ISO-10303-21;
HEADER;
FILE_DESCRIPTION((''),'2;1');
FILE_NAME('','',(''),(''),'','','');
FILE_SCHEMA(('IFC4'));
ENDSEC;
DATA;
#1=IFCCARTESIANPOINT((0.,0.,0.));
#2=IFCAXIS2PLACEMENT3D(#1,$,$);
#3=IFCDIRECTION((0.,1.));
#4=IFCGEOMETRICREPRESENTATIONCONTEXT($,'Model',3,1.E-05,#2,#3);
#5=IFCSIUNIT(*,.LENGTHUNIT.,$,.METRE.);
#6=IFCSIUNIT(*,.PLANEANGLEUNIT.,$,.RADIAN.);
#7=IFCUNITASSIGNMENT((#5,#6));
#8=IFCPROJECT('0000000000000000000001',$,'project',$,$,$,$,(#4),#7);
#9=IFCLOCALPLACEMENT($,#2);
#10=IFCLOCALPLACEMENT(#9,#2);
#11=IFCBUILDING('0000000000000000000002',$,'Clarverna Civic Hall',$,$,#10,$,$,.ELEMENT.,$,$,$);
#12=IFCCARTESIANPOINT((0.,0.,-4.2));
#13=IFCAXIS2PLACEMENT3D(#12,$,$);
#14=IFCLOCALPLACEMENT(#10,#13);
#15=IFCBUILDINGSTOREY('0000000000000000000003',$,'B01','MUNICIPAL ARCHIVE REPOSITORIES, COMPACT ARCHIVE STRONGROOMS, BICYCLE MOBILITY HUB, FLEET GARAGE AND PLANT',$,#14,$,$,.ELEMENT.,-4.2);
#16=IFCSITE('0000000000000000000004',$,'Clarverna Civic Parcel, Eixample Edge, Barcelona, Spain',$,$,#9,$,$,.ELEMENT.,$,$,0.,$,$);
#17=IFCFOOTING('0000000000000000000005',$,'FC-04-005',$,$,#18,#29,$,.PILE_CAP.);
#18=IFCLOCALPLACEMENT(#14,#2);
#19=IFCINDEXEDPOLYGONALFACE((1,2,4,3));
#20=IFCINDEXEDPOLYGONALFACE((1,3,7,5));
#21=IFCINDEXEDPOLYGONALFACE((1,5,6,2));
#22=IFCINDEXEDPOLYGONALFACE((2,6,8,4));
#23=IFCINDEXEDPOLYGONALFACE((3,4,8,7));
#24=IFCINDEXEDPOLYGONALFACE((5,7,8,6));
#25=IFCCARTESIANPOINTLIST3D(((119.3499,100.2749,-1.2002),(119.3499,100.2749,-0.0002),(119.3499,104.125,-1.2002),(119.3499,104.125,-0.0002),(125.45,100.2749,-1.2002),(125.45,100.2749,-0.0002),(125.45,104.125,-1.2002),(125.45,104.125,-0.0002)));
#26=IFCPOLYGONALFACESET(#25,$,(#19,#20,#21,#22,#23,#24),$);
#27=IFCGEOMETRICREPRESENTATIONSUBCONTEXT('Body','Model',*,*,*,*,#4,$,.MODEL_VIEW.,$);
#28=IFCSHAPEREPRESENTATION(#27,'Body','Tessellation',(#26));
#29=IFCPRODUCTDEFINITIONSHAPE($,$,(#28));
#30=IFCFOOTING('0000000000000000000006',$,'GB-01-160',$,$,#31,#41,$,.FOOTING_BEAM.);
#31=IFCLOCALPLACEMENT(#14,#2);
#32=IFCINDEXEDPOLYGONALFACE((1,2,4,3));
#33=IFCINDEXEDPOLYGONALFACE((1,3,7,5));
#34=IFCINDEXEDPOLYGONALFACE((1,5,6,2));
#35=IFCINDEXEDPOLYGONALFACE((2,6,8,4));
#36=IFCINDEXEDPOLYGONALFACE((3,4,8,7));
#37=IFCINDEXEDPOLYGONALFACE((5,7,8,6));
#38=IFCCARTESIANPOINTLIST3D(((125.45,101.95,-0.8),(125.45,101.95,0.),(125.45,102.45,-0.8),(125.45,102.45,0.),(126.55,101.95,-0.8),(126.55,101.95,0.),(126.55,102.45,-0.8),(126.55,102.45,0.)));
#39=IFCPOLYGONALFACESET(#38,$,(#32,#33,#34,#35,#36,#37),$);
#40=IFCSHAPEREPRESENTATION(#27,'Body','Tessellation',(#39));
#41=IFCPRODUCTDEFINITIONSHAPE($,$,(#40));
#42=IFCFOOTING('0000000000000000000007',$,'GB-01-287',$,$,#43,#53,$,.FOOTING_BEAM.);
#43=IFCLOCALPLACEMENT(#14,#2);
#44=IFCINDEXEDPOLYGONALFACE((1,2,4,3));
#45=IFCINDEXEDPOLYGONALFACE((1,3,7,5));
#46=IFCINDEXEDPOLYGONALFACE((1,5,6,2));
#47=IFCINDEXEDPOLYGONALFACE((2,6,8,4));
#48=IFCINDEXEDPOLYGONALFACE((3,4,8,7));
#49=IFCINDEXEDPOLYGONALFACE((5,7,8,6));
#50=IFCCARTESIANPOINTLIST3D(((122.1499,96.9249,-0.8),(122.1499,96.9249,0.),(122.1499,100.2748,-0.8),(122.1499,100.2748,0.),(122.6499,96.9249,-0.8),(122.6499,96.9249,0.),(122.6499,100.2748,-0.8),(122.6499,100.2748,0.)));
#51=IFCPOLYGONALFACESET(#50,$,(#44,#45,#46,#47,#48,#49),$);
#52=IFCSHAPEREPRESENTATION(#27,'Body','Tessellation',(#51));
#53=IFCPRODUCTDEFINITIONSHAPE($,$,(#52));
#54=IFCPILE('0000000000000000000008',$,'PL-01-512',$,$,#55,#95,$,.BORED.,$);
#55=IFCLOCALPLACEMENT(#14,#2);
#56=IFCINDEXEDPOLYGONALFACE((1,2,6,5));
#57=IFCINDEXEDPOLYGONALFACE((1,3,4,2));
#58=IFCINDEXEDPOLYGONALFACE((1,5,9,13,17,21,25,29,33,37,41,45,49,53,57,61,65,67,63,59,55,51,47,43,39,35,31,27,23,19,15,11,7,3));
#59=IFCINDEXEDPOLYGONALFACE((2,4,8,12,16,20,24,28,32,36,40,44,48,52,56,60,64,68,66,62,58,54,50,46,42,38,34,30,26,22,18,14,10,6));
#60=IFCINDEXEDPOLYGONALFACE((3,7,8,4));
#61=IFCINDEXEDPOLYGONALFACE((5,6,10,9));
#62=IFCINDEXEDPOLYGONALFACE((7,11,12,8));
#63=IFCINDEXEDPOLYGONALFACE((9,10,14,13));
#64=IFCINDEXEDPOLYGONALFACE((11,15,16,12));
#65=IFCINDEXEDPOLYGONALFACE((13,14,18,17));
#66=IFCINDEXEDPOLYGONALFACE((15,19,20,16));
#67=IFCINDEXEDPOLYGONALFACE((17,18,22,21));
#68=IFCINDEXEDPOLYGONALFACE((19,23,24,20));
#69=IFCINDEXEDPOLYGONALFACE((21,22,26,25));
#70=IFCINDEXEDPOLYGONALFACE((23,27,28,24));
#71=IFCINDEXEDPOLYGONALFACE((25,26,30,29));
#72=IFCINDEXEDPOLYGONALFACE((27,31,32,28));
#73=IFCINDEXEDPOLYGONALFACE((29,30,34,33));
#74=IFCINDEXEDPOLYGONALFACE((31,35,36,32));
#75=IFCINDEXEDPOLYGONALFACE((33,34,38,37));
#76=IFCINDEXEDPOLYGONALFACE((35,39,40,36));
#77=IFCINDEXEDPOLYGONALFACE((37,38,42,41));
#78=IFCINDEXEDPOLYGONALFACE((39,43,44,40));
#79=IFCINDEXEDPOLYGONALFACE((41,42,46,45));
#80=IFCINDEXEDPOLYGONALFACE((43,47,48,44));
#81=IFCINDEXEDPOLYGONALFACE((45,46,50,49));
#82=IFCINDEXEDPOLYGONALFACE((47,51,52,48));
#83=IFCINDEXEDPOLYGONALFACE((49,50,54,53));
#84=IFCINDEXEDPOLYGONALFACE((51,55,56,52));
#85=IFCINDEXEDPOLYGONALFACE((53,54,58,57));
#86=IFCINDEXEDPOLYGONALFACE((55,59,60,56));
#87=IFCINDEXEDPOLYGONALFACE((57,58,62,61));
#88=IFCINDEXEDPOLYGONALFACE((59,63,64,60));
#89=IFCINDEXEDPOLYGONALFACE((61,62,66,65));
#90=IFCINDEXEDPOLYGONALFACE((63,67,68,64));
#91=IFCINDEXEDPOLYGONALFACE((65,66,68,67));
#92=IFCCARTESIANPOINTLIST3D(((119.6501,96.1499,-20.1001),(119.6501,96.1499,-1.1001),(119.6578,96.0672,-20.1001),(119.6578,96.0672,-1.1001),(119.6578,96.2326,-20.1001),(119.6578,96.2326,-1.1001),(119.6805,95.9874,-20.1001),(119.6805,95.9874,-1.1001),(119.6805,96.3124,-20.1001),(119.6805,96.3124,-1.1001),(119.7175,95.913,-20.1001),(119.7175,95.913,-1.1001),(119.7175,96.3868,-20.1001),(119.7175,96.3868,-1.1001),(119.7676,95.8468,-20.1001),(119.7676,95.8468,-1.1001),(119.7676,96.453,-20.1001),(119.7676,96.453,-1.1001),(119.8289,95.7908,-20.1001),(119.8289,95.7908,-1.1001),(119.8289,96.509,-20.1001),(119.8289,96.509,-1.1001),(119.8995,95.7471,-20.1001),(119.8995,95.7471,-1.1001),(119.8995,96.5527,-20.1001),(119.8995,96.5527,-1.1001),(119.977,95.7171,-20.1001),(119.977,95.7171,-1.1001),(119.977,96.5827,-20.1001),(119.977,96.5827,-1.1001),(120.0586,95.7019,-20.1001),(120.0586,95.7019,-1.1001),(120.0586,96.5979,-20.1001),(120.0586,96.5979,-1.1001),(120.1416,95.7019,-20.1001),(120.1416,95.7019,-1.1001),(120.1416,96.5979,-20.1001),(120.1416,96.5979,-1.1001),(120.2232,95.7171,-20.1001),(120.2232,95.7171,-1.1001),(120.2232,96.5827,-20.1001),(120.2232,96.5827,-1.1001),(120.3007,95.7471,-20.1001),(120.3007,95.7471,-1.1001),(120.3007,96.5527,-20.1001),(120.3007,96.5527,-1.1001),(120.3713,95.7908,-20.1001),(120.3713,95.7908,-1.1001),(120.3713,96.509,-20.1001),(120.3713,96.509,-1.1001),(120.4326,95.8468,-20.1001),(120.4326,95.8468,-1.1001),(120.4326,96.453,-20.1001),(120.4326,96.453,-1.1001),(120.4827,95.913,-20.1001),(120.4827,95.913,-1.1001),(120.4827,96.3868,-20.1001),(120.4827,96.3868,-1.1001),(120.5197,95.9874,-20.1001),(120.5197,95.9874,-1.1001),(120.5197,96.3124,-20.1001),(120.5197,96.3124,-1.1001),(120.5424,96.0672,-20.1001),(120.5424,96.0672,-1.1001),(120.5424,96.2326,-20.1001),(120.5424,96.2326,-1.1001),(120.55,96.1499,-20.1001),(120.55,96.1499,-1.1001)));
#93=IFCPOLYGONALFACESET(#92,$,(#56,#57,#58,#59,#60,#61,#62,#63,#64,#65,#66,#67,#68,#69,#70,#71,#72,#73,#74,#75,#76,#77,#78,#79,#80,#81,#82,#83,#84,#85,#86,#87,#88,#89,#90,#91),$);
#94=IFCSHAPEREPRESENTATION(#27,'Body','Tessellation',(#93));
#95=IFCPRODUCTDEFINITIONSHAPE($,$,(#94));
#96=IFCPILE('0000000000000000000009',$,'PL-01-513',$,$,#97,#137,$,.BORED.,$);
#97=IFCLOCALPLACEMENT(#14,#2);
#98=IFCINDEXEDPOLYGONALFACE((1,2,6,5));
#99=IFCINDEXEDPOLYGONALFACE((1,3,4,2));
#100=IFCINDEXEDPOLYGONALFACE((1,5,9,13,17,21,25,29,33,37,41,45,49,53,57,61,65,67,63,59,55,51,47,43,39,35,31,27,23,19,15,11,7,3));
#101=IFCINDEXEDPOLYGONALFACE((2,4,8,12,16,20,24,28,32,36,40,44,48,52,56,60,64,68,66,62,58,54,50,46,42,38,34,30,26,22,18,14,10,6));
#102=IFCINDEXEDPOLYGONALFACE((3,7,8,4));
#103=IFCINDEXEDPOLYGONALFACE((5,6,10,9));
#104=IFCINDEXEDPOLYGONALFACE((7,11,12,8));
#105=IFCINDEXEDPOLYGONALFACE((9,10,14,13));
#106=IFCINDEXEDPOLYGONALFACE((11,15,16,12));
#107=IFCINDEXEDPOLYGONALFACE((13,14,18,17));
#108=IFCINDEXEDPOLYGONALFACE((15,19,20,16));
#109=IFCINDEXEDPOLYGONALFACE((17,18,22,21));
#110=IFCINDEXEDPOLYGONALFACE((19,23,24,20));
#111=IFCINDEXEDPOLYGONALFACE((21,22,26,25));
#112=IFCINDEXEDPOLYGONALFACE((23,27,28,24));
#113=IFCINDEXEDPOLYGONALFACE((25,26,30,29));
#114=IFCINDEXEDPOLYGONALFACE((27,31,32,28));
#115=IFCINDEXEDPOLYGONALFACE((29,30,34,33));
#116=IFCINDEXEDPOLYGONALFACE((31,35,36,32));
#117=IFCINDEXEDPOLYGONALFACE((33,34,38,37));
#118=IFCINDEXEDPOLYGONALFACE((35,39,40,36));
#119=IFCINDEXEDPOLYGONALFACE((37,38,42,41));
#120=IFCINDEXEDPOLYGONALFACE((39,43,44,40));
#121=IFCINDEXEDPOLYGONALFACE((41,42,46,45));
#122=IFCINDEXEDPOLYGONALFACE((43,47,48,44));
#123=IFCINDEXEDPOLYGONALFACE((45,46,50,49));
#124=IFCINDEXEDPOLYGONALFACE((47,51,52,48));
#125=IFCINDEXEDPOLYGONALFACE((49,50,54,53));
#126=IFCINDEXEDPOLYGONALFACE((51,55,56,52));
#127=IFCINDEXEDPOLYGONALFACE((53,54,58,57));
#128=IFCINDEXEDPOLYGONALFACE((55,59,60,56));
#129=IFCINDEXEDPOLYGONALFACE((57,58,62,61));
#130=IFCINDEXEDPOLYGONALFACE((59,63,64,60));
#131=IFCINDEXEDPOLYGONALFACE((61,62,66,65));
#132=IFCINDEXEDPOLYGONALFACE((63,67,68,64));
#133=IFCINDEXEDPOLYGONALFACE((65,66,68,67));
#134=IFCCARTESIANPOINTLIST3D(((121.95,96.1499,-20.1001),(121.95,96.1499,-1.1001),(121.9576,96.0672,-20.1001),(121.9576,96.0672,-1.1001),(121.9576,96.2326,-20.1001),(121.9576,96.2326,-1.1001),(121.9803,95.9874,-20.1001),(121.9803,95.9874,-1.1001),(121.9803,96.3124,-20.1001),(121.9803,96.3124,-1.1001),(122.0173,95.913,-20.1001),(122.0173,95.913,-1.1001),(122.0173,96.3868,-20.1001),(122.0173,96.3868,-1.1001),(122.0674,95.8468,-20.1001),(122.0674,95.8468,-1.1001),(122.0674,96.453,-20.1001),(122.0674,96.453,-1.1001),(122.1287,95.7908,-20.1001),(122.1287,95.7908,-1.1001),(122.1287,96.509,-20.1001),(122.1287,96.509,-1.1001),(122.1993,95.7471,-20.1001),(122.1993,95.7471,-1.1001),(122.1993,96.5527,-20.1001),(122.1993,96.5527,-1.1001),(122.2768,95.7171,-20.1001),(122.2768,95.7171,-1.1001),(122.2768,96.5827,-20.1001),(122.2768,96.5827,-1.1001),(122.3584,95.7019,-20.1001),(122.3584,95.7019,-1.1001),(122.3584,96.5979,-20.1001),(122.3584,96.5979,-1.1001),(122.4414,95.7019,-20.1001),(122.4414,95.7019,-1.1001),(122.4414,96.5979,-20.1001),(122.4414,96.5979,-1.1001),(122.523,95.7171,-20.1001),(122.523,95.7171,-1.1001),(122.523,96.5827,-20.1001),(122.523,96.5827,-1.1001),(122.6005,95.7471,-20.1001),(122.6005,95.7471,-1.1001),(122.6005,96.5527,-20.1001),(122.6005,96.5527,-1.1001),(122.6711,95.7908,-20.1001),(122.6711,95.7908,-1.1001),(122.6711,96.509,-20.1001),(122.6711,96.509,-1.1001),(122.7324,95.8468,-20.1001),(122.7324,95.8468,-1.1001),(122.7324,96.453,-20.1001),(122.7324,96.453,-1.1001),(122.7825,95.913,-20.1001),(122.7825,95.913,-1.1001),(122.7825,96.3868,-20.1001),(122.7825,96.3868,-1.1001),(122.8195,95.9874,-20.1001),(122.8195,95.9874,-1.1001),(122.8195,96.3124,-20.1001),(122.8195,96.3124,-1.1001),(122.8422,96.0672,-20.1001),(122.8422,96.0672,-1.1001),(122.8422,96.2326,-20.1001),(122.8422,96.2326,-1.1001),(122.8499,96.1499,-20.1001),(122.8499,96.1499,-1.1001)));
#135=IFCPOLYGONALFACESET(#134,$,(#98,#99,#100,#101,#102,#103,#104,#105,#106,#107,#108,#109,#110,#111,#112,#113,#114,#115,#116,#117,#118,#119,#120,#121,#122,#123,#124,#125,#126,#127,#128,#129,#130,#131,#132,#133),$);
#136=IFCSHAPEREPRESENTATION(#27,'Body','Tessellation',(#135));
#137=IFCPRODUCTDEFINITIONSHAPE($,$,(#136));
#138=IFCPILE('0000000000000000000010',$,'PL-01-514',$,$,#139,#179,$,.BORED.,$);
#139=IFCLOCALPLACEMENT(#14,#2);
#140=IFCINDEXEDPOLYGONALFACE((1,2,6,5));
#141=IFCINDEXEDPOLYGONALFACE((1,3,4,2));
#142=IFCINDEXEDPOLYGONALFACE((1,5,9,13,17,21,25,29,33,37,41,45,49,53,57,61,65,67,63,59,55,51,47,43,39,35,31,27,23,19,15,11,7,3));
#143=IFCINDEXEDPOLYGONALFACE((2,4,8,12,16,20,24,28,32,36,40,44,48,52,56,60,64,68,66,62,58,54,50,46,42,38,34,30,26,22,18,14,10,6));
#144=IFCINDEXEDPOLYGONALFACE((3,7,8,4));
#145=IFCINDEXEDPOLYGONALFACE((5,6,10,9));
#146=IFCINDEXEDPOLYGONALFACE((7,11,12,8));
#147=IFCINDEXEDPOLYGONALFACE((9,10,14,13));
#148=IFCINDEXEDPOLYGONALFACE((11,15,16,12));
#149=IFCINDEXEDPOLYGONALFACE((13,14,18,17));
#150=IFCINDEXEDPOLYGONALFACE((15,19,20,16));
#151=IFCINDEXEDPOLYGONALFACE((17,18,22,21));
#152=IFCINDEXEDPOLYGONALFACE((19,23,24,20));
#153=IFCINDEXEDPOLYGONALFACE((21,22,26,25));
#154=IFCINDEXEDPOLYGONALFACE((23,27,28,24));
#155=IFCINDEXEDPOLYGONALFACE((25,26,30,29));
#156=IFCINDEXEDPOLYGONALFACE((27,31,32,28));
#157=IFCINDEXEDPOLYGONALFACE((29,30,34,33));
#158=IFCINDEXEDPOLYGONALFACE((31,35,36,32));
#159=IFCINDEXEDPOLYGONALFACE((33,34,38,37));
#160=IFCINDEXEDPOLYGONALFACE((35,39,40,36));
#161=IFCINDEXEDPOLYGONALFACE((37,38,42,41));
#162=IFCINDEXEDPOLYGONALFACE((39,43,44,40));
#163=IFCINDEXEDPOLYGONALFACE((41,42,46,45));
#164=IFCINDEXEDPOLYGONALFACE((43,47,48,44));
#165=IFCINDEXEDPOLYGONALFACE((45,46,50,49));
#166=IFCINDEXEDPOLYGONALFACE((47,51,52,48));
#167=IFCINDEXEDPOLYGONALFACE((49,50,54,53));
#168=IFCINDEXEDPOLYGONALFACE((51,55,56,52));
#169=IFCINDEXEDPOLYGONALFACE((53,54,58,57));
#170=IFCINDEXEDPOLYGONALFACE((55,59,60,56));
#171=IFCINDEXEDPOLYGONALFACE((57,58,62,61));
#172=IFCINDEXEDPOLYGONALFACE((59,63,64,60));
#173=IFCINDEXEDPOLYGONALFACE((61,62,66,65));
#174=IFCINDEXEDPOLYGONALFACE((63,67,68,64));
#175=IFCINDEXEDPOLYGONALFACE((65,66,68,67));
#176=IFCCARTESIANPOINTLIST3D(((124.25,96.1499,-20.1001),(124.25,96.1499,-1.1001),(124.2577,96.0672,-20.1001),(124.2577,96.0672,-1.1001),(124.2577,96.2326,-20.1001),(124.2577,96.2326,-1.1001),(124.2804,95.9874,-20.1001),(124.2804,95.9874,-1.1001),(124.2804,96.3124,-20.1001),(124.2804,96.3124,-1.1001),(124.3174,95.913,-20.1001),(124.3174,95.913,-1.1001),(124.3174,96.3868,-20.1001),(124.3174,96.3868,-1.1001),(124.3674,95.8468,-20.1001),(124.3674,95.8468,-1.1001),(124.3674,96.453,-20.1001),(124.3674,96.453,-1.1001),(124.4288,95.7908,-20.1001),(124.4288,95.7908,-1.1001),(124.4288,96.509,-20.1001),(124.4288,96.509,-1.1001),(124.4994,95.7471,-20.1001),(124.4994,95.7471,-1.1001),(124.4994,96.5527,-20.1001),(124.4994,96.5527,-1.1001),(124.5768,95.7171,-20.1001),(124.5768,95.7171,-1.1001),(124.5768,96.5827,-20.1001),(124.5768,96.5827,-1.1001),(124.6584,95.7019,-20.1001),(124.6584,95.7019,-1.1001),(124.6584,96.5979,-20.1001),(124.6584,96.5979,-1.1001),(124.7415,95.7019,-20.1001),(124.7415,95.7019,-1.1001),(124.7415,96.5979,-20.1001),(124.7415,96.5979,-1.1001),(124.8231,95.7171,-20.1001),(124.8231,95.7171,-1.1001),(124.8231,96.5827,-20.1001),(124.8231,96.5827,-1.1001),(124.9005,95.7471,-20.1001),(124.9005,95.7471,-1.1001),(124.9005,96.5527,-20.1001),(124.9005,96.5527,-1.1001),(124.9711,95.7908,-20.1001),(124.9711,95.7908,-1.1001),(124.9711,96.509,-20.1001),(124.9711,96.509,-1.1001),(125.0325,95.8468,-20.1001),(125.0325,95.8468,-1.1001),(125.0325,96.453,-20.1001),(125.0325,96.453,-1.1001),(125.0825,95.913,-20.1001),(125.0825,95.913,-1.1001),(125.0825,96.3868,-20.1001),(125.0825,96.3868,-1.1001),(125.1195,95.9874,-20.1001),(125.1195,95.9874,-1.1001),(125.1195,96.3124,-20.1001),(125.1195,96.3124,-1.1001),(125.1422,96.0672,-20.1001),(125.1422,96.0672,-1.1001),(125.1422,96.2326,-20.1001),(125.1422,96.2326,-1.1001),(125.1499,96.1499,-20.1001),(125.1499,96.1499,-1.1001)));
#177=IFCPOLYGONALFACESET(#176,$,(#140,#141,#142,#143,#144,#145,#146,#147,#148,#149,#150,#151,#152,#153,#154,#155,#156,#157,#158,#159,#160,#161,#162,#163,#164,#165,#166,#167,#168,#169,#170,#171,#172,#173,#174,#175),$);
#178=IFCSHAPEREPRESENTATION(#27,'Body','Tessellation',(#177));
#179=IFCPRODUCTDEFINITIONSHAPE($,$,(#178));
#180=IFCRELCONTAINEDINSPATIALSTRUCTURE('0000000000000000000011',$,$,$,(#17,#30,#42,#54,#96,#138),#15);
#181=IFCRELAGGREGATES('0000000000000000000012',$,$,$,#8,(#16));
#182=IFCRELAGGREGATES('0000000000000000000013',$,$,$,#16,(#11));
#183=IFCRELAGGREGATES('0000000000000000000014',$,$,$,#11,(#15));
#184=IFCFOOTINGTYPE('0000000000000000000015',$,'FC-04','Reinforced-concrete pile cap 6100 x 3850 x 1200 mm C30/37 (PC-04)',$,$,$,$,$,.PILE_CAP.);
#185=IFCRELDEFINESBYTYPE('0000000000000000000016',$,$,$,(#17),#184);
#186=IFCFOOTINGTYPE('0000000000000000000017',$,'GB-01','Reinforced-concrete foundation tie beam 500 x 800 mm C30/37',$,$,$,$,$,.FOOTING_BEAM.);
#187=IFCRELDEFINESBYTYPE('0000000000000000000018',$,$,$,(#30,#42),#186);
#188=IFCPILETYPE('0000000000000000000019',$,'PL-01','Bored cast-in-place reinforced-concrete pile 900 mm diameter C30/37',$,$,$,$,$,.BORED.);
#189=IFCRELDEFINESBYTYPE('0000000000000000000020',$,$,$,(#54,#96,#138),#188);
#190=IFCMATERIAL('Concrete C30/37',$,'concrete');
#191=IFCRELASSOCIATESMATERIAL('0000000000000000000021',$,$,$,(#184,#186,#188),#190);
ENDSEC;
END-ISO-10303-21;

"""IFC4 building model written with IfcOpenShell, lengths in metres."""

from ifc_helpers import new_model, si_unit, direction, frame, frame_2d, origin, origin_2d, place, context, subcontext, project, spatial, rectangle, circle, extrude, material, material_profile, profile_set, type_object, element, save


model = new_model("IFC4")

# Units and contexts
model_context = context("Model", 3, precision=1e-05, world=origin(), true_north=direction((0.0, 1.0)))
body_context = subcontext(model_context, "Body", "Model", "MODEL_VIEW")
ifc_project = project(units=[si_unit("LENGTHUNIT", "METRE"), si_unit("PLANEANGLEUNIT", "RADIAN")], contexts=[model_context])

# Site, building, storey
site_placement = place(None, origin())
site = spatial("IfcSite", under=ifc_project, at=site_placement, Name="Clarverna Civic Parcel, Eixample Edge, Barcelona, Spain", CompositionType="ELEMENT", RefElevation=0.0)
building_placement = place(site_placement, origin())
building = spatial("IfcBuilding", under=site, at=building_placement, Name="Clarverna Civic Hall", CompositionType="ELEMENT")
storey_placement = place(building_placement, frame((0.0, 0.0, -4.2)))
storey = spatial("IfcBuildingStorey", under=building, at=storey_placement, Name="B01", Description="MUNICIPAL ARCHIVE REPOSITORIES, COMPACT ARCHIVE STRONGROOMS, BICYCLE MOBILITY HUB, FLEET GARAGE AND PLANT", CompositionType="ELEMENT", Elevation=-4.2)

# Footings
ifc_material_1 = material(Name="Concrete C30/37", Category="concrete")
footing_type_1 = type_object("IfcFootingType", Name="FC-04", Description="Reinforced-concrete pile cap 6100 x 3850 x 1200 mm C30/37 (PC-04)", PredefinedType="PILE_CAP", material=ifc_material_1)
footing_1_placement = place(storey_placement, frame((122.3999, 102.2, -1.2002), z_axis=(0.0, 0.0, 1.0), x_axis=(1.0, 0.0, 0.0)))
element("IfcFooting", 1, at=footing_1_placement, inside=storey, type_object=footing_type_1, Name="FC-04-005", PredefinedType="PILE_CAP", context=body_context, shape_type="SweptSolid", body=[
    extrude(rectangle(XDim=6.1001, YDim=3.8501, at=origin_2d()), origin(), (0.0, 0.0, 1.0), 1.2),
])
footing_type_2 = type_object("IfcFootingType", Name="GB-01", Description="Reinforced-concrete foundation tie beam 500 x 800 mm C30/37", PredefinedType="FOOTING_BEAM", material=ifc_material_1)
footing_2_placement = place(storey_placement, frame((125.45, 102.2, -0.8), z_axis=(0.0, 0.0, 1.0), x_axis=(1.0, 0.0, 0.0)))
element("IfcFooting", 2, at=footing_2_placement, inside=storey, type_object=footing_type_2, Name="GB-01-160", PredefinedType="FOOTING_BEAM", context=body_context, shape_type="SweptSolid", body=[
    extrude(rectangle(XDim=1.1001, YDim=0.5, at=frame_2d((0.55, 0.0))), origin(), (0.0, 0.0, 1.0), 0.8),
])
footing_3_placement = place(storey_placement, frame((122.3999, 96.925, -0.8), z_axis=(0.0, 0.0, 1.0), x_axis=(0.0, 1.0, 0.0)))
element("IfcFooting", 3, at=footing_3_placement, inside=storey, type_object=footing_type_2, Name="GB-01-287", PredefinedType="FOOTING_BEAM", context=body_context, shape_type="SweptSolid", body=[
    extrude(rectangle(XDim=3.3499, YDim=0.5, at=frame_2d((1.6748, 0.0))), origin(), (0.0, 0.0, 1.0), 0.8),
])

# Piles
ifc_material_profile_1 = material_profile(ifc_material_1, circle(Radius=0.45, at=origin_2d()), Name="BORED PILE D900")
ifc_profile_set_1 = profile_set([ifc_material_profile_1], Name="Concrete C30/37")
pile_type = type_object("IfcPileType", Name="PL-01", Description="Bored cast-in-place reinforced-concrete pile 900 mm diameter C30/37", PredefinedType="BORED", material=ifc_profile_set_1)
for number, where, z_axis, x_axis, name in (
    (4, (120.1001, 96.1499, -1.1001), (0.0, 0.0, -1.0), (1.0, 0.0, 0.0), "PL-01-512"),
    (5, (122.3999, 96.1499, -1.1001), (0.0, 0.0, -1.0), (1.0, 0.0, 0.0), "PL-01-513"),
    (6, (124.7, 96.1499, -1.1001), (0.0, 0.0, -1.0), (1.0, 0.0, 0.0), "PL-01-514"),
):
    element("IfcPile", number, at=place(storey_placement, frame(where, z_axis=z_axis, x_axis=x_axis)), inside=storey, type_object=pile_type, Name=name, PredefinedType="BORED", context=body_context, shape_type="SweptSolid", body=[
        extrude(circle(Radius=0.45, at=origin_2d()), origin(), (0.0, 0.0, 1.0), 19.0),
    ])

save(model, "model.ifc")
